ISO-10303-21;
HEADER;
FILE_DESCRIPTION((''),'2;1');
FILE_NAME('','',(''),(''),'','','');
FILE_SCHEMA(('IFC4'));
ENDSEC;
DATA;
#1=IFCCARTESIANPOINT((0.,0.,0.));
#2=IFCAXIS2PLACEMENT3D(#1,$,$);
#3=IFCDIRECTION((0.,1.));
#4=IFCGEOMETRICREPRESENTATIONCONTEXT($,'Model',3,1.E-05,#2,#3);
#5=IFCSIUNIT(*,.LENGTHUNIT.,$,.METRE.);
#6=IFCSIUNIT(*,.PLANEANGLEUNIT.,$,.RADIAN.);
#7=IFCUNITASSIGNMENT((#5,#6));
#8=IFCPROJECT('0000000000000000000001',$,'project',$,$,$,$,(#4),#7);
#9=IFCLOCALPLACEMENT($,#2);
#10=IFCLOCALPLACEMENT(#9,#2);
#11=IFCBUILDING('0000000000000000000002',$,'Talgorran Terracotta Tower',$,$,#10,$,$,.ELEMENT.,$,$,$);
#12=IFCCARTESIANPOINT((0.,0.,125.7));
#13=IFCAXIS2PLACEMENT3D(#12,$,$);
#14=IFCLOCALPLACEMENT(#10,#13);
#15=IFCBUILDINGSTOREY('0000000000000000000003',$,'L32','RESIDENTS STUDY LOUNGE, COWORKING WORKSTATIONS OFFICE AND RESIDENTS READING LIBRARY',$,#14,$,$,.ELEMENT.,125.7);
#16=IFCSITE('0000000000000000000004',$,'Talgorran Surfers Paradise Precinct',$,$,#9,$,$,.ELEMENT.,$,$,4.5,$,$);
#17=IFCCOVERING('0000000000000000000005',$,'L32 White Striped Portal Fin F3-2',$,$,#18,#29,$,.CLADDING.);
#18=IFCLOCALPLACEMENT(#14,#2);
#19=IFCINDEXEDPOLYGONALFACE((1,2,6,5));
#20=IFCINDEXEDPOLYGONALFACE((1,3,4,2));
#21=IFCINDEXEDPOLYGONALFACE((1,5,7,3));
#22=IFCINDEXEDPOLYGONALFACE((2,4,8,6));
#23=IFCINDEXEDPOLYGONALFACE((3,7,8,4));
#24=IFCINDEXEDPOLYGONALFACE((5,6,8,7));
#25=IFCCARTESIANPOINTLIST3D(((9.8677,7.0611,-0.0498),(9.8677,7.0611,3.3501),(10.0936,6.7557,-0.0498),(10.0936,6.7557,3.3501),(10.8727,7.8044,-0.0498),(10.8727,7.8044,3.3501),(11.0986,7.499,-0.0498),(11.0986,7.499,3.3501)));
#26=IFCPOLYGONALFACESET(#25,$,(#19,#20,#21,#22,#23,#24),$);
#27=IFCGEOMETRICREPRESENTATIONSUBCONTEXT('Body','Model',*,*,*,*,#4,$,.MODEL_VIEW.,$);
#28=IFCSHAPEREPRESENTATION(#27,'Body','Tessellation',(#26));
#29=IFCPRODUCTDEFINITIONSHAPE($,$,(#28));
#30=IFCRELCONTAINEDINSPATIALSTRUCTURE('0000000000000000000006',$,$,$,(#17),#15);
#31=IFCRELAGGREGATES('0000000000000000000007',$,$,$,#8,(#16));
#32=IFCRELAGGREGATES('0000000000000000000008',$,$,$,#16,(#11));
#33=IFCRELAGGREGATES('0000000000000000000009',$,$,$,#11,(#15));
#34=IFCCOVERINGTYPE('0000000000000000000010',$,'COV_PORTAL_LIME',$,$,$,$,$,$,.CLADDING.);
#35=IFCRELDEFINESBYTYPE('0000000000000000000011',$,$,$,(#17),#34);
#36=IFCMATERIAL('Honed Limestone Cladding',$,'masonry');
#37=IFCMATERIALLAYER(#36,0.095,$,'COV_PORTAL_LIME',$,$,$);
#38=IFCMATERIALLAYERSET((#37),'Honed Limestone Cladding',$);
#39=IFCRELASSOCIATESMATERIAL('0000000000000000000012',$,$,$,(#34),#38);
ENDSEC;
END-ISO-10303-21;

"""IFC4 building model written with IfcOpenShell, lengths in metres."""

from ifc_helpers import new_model, si_unit, direction, frame, origin, origin_2d, place, context, subcontext, project, spatial, rectangle, extrude, material, layer, layer_set, type_object, element, save


model = new_model("IFC4")

# Units and contexts
model_context = context("Model", 3, precision=1e-05, world=origin(), true_north=direction((0.0, 1.0)))
body_context = subcontext(model_context, "Body", "Model", "MODEL_VIEW")
ifc_project = project(units=[si_unit("LENGTHUNIT", "METRE"), si_unit("PLANEANGLEUNIT", "RADIAN")], contexts=[model_context])

# Site, building, storey
site_placement = place(None, origin())
site = spatial("IfcSite", under=ifc_project, at=site_placement, Name="Talgorran Surfers Paradise Precinct", CompositionType="ELEMENT", RefElevation=4.5)
building_placement = place(site_placement, origin())
building = spatial("IfcBuilding", under=site, at=building_placement, Name="Talgorran Terracotta Tower", CompositionType="ELEMENT")
storey_placement = place(building_placement, frame((0.0, 0.0, 125.7)))
storey = spatial("IfcBuildingStorey", under=building, at=storey_placement, Name="L32", Description="RESIDENTS STUDY LOUNGE, COWORKING WORKSTATIONS OFFICE AND RESIDENTS READING LIBRARY", CompositionType="ELEMENT", Elevation=125.7)

# Covering
ifc_material_1 = material(Name="Honed Limestone Cladding", Category="masonry")
ifc_layer_1 = layer(ifc_material_1, 0.095, Name="COV_PORTAL_LIME")
ifc_layer_set_1 = layer_set([ifc_layer_1], Name="Honed Limestone Cladding")
covering_type_1 = type_object("IfcCoveringType", Name="COV_PORTAL_LIME", PredefinedType="CLADDING", material=ifc_layer_set_1)
covering_1_placement = place(storey_placement, frame((10.4832, 7.28, -0.0498), z_axis=(0.0, 0.0, 1.0), x_axis=(-0.59464, 0.803992, 0.0)))
element("IfcCovering", 1, at=covering_1_placement, inside=storey, type_object=covering_type_1, Name="L32 White Striped Portal Fin F3-2", PredefinedType="CLADDING", context=body_context, shape_type="SweptSolid", body=[
    extrude(rectangle(XDim=0.3799, YDim=1.25, at=origin_2d()), origin(), (0.0, 0.0, 1.0), 3.3999),
])

save(model, "model.ifc")
